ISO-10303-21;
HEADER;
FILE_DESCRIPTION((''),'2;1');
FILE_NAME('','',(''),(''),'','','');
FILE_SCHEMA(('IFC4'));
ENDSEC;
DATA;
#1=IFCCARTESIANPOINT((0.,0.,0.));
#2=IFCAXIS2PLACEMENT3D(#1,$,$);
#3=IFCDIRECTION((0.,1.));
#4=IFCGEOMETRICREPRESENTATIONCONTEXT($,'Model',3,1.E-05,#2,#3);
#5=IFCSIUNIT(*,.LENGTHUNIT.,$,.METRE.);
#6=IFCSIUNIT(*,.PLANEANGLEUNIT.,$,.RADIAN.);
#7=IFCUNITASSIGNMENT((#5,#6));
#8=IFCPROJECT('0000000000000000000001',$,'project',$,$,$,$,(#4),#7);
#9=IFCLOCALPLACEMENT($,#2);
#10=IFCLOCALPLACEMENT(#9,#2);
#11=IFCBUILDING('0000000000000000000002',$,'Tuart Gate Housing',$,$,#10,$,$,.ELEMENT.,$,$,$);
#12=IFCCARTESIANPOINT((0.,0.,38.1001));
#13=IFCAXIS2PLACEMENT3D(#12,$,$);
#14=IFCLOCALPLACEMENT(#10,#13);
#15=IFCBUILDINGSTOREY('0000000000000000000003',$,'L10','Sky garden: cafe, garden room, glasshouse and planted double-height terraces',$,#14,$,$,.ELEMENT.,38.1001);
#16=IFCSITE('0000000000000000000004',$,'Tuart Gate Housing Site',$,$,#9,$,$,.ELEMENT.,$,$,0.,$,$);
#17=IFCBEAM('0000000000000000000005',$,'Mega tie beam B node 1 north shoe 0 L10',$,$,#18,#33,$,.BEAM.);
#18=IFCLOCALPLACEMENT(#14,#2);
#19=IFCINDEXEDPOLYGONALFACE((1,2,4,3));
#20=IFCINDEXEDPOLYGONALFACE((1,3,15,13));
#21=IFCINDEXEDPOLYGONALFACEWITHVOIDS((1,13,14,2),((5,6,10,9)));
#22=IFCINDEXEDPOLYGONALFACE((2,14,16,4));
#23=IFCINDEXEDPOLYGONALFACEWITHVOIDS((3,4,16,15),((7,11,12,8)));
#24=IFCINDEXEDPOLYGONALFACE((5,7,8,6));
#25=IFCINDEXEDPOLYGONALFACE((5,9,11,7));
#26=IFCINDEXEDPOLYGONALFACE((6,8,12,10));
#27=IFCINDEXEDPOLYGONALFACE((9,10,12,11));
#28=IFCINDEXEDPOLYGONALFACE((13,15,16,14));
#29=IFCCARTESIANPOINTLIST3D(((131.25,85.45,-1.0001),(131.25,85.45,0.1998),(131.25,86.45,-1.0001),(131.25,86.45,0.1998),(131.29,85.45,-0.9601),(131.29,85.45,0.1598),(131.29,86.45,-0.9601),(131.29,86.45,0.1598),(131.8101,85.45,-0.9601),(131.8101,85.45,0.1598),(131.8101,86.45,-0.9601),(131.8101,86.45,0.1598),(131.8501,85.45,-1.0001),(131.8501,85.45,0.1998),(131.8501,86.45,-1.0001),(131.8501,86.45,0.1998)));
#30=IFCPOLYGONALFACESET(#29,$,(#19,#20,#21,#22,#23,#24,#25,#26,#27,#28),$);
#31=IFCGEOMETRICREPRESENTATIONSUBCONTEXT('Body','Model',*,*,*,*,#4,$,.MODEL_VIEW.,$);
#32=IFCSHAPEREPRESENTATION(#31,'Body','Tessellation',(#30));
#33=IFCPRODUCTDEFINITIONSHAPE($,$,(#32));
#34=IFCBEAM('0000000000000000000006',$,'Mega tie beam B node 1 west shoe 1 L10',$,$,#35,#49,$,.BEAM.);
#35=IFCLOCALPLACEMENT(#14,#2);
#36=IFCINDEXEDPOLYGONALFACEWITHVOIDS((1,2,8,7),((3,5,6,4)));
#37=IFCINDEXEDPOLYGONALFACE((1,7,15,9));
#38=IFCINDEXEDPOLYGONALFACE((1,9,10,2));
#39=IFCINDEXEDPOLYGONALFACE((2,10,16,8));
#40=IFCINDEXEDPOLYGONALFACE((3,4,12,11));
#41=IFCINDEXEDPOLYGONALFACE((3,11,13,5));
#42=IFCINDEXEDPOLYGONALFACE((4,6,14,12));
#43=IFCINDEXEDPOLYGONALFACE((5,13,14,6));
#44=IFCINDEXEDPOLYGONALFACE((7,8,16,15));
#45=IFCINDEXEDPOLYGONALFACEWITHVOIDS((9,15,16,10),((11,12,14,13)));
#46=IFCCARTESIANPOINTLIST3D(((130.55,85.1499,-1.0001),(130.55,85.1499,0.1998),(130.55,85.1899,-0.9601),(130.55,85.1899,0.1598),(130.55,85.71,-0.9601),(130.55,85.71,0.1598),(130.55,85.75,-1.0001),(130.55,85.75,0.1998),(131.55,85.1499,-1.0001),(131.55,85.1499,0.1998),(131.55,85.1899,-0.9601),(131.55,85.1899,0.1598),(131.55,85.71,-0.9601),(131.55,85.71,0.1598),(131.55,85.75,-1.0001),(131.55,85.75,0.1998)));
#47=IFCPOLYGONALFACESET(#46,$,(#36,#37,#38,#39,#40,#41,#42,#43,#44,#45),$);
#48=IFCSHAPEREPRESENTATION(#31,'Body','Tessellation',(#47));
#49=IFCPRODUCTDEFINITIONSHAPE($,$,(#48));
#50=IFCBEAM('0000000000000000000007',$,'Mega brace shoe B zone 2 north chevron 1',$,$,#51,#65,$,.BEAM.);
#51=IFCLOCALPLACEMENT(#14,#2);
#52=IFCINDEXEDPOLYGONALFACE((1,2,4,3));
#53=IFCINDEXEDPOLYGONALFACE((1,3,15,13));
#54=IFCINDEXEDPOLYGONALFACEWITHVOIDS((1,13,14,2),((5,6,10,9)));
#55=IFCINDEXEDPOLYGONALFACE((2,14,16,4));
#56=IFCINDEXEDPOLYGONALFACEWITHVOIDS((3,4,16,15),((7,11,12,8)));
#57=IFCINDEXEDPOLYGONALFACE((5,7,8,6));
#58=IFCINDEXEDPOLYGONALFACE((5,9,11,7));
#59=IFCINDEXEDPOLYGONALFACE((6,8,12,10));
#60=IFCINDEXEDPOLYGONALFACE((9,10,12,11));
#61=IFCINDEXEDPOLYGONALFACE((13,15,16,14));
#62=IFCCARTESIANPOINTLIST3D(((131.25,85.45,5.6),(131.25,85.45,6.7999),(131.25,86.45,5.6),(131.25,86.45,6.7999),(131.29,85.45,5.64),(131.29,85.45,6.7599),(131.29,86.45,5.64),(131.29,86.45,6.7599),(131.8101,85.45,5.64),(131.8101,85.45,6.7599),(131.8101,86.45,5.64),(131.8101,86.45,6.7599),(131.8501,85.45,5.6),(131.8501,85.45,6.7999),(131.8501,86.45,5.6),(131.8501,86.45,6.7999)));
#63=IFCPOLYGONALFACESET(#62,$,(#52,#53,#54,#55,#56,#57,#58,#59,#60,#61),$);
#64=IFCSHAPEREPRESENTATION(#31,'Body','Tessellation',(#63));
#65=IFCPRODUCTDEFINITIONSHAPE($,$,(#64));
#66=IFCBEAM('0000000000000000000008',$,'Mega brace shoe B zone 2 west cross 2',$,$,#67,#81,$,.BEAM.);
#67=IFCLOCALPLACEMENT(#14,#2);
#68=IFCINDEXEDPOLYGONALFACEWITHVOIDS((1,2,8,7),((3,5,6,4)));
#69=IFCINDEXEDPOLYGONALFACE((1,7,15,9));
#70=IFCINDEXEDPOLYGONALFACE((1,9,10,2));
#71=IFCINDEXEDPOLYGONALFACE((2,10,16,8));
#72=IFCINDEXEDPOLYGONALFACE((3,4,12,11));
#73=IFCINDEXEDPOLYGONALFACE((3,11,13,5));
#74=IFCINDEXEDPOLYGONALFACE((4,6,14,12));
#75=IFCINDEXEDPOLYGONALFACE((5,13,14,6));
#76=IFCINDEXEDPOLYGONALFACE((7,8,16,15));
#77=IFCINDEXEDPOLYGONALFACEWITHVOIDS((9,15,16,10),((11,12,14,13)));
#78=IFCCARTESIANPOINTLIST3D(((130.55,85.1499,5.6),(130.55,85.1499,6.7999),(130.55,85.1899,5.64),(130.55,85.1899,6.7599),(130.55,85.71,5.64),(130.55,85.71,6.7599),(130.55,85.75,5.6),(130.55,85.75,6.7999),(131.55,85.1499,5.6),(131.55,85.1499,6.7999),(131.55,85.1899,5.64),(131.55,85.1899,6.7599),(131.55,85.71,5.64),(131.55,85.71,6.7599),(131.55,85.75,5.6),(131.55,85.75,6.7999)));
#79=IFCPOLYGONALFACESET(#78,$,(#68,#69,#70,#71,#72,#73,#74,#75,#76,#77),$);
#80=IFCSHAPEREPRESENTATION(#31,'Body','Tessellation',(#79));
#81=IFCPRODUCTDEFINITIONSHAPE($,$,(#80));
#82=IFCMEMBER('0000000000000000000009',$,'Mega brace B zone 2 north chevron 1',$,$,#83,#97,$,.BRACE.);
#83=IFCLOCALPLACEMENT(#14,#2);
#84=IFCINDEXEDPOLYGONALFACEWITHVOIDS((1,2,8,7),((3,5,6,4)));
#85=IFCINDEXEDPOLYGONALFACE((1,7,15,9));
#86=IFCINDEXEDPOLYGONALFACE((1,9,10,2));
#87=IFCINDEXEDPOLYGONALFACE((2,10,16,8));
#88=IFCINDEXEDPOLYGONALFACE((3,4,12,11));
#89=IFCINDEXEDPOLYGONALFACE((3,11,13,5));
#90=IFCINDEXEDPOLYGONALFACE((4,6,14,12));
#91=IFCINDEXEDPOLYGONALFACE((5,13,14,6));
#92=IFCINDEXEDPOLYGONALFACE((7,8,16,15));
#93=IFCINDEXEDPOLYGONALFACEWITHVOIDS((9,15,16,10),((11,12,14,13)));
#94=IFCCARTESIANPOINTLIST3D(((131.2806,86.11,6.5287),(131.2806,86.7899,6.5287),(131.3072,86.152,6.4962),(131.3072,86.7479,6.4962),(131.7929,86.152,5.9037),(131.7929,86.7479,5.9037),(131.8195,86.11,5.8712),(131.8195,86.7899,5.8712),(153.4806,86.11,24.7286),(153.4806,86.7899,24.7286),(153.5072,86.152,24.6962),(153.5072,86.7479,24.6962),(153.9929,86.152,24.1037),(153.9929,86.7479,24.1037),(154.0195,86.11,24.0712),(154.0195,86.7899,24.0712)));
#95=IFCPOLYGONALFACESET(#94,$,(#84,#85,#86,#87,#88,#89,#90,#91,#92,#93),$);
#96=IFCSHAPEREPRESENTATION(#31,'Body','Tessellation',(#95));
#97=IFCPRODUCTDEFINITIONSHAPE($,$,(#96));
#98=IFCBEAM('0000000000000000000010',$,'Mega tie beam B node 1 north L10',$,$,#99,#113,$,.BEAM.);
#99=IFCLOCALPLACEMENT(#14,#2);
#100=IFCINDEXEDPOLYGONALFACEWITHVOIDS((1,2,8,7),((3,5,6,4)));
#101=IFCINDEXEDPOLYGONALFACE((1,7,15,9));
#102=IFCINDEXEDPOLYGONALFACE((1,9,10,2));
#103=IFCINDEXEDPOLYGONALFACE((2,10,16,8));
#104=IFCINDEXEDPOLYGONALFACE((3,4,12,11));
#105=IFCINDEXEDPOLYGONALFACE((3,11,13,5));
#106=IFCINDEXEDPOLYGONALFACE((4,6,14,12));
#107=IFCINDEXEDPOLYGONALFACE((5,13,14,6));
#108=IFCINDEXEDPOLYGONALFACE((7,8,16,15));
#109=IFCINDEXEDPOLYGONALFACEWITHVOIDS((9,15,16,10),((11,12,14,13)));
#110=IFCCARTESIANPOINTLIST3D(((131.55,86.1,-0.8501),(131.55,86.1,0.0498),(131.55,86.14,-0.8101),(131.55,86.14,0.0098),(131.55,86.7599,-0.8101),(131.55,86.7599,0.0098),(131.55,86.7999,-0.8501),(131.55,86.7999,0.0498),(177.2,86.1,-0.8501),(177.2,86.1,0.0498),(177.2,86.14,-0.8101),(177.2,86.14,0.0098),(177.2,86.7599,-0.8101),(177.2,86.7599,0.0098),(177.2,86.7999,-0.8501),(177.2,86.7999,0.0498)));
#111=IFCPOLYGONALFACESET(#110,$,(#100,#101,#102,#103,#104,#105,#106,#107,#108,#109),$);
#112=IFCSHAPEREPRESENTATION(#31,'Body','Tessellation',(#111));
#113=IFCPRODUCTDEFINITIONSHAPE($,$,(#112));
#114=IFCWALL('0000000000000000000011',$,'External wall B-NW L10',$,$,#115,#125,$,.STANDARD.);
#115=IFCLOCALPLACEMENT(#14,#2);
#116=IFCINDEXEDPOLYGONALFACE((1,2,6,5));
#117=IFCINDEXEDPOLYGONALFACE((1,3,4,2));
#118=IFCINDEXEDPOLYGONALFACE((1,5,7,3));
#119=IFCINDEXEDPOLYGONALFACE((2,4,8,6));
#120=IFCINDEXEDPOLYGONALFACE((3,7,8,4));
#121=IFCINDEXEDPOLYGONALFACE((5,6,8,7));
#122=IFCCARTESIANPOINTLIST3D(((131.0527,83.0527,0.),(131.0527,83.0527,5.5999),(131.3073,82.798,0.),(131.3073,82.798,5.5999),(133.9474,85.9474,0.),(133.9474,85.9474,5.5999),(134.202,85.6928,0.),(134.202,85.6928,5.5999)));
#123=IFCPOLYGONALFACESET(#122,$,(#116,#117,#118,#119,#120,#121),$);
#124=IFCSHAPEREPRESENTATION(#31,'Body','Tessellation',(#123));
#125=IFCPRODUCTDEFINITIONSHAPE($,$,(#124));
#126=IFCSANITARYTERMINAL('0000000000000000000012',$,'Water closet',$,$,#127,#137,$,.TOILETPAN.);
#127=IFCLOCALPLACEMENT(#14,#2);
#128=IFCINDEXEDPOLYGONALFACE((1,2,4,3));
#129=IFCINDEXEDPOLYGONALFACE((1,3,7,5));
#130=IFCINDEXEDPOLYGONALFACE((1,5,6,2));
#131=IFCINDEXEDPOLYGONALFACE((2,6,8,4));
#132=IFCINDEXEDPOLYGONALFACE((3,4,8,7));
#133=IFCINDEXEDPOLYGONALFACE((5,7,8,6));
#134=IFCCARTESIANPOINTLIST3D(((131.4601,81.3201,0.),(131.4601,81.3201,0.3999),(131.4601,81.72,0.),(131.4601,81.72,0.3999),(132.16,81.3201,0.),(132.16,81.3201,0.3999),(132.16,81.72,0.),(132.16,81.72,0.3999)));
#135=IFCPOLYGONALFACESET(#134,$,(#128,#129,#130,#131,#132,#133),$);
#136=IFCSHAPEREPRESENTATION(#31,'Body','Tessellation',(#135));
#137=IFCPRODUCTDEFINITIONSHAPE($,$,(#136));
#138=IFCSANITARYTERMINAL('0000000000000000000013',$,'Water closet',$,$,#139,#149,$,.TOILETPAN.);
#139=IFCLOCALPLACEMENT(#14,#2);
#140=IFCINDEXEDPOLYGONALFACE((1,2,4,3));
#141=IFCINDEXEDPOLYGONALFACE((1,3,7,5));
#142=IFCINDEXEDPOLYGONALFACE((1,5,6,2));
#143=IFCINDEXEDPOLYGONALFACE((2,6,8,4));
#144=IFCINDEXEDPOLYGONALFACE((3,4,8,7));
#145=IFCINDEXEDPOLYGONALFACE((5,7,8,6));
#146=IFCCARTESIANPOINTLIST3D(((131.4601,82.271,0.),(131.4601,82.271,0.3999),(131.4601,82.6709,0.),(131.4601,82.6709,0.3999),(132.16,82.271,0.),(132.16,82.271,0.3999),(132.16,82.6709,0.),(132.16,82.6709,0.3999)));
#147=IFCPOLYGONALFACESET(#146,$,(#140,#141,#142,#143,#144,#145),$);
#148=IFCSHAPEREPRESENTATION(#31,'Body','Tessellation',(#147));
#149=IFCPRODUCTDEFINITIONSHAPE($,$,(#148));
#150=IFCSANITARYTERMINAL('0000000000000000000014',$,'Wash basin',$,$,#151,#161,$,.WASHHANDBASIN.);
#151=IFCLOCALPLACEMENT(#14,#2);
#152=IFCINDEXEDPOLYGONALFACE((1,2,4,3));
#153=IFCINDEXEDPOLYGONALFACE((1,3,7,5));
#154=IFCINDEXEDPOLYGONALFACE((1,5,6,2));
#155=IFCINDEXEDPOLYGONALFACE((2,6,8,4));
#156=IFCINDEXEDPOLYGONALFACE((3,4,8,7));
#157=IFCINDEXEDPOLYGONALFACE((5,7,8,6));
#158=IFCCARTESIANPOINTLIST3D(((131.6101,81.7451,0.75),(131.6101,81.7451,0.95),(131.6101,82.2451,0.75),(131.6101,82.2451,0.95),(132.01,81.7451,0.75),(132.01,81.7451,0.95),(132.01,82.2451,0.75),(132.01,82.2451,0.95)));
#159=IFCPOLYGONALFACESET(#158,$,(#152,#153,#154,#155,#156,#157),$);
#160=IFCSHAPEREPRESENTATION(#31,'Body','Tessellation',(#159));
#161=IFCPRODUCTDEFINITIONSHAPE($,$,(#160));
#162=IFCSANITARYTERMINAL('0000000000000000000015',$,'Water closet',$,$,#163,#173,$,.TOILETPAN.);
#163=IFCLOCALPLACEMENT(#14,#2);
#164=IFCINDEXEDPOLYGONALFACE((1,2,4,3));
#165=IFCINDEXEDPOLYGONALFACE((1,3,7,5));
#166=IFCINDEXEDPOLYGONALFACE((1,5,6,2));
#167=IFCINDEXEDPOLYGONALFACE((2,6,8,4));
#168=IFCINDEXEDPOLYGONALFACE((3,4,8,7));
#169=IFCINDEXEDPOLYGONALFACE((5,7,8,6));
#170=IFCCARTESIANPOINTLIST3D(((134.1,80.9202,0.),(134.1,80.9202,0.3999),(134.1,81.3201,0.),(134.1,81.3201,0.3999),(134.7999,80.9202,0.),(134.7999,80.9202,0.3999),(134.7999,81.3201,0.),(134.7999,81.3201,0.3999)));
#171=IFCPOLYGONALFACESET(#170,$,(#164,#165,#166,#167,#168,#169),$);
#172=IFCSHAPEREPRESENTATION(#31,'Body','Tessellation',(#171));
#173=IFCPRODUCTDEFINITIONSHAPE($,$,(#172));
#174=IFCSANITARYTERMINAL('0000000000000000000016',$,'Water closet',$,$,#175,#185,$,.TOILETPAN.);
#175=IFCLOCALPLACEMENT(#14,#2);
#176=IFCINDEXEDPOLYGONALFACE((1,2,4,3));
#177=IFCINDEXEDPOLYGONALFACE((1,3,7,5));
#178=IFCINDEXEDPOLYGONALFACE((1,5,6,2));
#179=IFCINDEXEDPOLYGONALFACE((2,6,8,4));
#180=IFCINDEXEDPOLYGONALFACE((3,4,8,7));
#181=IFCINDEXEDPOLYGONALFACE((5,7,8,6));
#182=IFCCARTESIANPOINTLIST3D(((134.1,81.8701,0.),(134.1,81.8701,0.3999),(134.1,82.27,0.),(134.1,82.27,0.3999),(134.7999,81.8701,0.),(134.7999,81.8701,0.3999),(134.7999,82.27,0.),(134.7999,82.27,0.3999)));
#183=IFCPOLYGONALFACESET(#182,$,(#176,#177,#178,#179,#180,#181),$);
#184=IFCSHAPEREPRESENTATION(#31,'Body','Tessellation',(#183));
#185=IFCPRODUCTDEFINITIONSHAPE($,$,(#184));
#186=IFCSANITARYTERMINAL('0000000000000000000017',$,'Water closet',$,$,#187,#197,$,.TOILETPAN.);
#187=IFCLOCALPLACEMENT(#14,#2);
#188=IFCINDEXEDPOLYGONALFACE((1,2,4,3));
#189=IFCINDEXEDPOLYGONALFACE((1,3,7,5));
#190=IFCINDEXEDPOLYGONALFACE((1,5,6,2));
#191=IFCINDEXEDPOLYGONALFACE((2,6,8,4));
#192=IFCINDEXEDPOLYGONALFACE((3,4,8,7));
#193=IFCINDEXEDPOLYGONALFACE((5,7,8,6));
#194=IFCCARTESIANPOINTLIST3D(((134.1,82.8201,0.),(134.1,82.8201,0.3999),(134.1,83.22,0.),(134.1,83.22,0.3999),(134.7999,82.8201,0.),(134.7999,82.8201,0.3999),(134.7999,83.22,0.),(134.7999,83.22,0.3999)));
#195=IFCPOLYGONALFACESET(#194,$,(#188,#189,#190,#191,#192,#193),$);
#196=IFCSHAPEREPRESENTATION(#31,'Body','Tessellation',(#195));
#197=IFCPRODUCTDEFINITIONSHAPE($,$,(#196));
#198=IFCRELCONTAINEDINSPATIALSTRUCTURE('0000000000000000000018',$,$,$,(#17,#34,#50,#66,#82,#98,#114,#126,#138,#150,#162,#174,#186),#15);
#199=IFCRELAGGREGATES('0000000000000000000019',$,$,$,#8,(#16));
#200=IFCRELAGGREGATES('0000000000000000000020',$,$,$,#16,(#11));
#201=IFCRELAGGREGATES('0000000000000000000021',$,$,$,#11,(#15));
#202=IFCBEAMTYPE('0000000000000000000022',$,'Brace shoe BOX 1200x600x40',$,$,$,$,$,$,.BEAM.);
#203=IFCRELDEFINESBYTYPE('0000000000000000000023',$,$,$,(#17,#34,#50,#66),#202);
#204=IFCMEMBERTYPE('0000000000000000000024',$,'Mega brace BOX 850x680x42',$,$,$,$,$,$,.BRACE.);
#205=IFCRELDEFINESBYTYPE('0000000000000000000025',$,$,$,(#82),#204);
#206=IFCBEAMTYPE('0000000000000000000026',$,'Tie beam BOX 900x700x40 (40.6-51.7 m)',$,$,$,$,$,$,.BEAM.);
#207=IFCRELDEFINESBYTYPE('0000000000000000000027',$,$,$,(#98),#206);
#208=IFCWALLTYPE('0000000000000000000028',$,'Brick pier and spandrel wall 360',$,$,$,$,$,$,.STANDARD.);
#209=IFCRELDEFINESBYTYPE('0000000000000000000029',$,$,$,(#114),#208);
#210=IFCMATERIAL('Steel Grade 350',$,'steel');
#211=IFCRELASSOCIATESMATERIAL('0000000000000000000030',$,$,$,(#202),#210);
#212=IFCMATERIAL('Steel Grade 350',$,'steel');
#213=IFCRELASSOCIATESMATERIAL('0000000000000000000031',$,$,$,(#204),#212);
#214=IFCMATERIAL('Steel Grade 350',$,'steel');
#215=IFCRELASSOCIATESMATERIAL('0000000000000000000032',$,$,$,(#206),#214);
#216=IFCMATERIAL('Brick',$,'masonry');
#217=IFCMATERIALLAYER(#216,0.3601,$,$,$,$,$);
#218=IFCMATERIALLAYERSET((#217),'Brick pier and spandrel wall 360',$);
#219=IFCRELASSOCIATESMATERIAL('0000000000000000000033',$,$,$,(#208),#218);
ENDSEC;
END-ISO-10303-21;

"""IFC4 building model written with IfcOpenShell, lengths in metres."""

from ifc_helpers import new_model, si_unit, direction, frame, frame_2d, origin, origin_2d, place, context, subcontext, project, spatial, rectangle, hollow_rectangle, extrude, material, layer, layer_set, material_profile, profile_set, type_object, element, save


model = new_model("IFC4")

# Units and contexts
model_context = context("Model", 3, precision=1e-05, world=origin(), true_north=direction((0.0, 1.0)))
body_context = subcontext(model_context, "Body", "Model", "MODEL_VIEW")
ifc_project = project(units=[si_unit("LENGTHUNIT", "METRE"), si_unit("PLANEANGLEUNIT", "RADIAN")], contexts=[model_context])

# Site, building, storey
site_placement = place(None, origin())
site = spatial("IfcSite", under=ifc_project, at=site_placement, Name="Tuart Gate Housing Site", CompositionType="ELEMENT", RefElevation=0.0)
building_placement = place(site_placement, origin())
building = spatial("IfcBuilding", under=site, at=building_placement, Name="Tuart Gate Housing", CompositionType="ELEMENT")
storey_placement = place(building_placement, frame((0.0, 0.0, 38.1001)))
storey = spatial("IfcBuildingStorey", under=building, at=storey_placement, Name="L10", Description="Sky garden: cafe, garden room, glasshouse and planted double-height terraces", CompositionType="ELEMENT", Elevation=38.1001)

# Beams
ifc_material_1 = material(Name="Steel Grade 350", Category="steel")
ifc_material_profile_1 = material_profile(ifc_material_1, hollow_rectangle(XDim=0.6001, YDim=1.2, WallThickness=0.04, at=origin_2d()), Name="BOX 1200x600x40")
ifc_profile_set_1 = profile_set([ifc_material_profile_1], Name="Steel Grade 350")
beam_type_1 = type_object("IfcBeamType", Name="Brace shoe BOX 1200x600x40", PredefinedType="BEAM", material=ifc_profile_set_1)
for number, where, z_axis, x_axis, name in (
    (1, (131.55, 85.45, -0.4001), (0.0, 1.0, 0.0), (-1.0, 0.0, 0.0), "Mega tie beam B node 1 north shoe 0 L10"),
    (2, (131.55, 85.45, -0.4001), (-1.0, 0.0, 0.0), (0.0, -1.0, 0.0), "Mega tie beam B node 1 west shoe 1 L10"),
    (3, (131.55, 85.45, 6.2), (0.0, 1.0, 0.0), (-1.0, 0.0, 0.0), "Mega brace shoe B zone 2 north chevron 1"),
    (4, (131.55, 85.45, 6.2), (-1.0, 0.0, 0.0), (0.0, -1.0, 0.0), "Mega brace shoe B zone 2 west cross 2"),
):
    element("IfcBeam", number, at=place(storey_placement, frame(where, z_axis=z_axis, x_axis=x_axis)), inside=storey, type_object=beam_type_1, Name=name, PredefinedType="BEAM", context=body_context, shape_type="SweptSolid", body=[
        extrude(hollow_rectangle(XDim=0.6001, YDim=1.2, WallThickness=0.04, at=origin_2d()), origin(), (0.0, 0.0, 1.0), 1.0),
    ])

# Member
ifc_material_2 = material(Name="Steel Grade 350", Category="steel")
ifc_material_profile_2 = material_profile(ifc_material_2, hollow_rectangle(XDim=0.6799, YDim=0.8501, WallThickness=0.042, at=origin_2d()), Name="BOX 850x680x42")
ifc_profile_set_2 = profile_set([ifc_material_profile_2], Name="Steel Grade 350")
member_type = type_object("IfcMemberType", Name="Mega brace BOX 850x680x42", PredefinedType="BRACE", material=ifc_profile_set_2)
member_placement = place(storey_placement, frame((131.55, 86.45, 6.2), z_axis=(0.773336, 0.0, 0.633996), x_axis=(0.0, 1.0, 0.0)))
element("IfcMember", 5, at=member_placement, inside=storey, type_object=member_type, Name="Mega brace B zone 2 north chevron 1", PredefinedType="BRACE", context=body_context, shape_type="SweptSolid", body=[
    extrude(hollow_rectangle(XDim=0.6799, YDim=0.8501, WallThickness=0.042, at=origin_2d()), origin(), (0.0, 0.0, 1.0), 28.7068),
])

# Beam
ifc_material_3 = material(Name="Steel Grade 350", Category="steel")
ifc_material_profile_3 = material_profile(ifc_material_3, hollow_rectangle(XDim=0.7, YDim=0.8999, WallThickness=0.04, at=origin_2d()), Name="BOX 900x700x40")
ifc_profile_set_3 = profile_set([ifc_material_profile_3], Name="Steel Grade 350")
beam_type_2 = type_object("IfcBeamType", Name="Tie beam BOX 900x700x40 (40.6-51.7 m)", PredefinedType="BEAM", material=ifc_profile_set_3)
beam_placement = place(storey_placement, frame((131.55, 86.45, -0.4001), z_axis=(1.0, 0.0, 0.0), x_axis=(0.0, 1.0, 0.0)))
element("IfcBeam", 6, at=beam_placement, inside=storey, type_object=beam_type_2, Name="Mega tie beam B node 1 north L10", PredefinedType="BEAM", context=body_context, shape_type="SweptSolid", body=[
    extrude(hollow_rectangle(XDim=0.7, YDim=0.8999, WallThickness=0.04, at=origin_2d()), origin(), (0.0, 0.0, 1.0), 45.6499),
])

# Wall
ifc_material_4 = material(Name="Brick", Category="masonry")
ifc_layer = layer(ifc_material_4, 0.3601)
ifc_layer_set = layer_set([ifc_layer], Name="Brick pier and spandrel wall 360")
wall_type = type_object("IfcWallType", Name="Brick pier and spandrel wall 360", PredefinedType="STANDARD", material=ifc_layer_set)
wall_placement = place(storey_placement, frame((134.0747, 85.8201, 0.0), z_axis=(0.0, 0.0, 1.0), x_axis=(-0.707107, -0.707107, 0.0)))
element("IfcWall", 7, at=wall_placement, inside=storey, type_object=wall_type, Name="External wall B-NW L10", PredefinedType="STANDARD", context=body_context, shape_type="SweptSolid", body=[
    extrude(rectangle(XDim=4.0938, YDim=0.3601, at=frame_2d((2.0469, 0.0))), origin(), (0.0, 0.0, 1.0), 5.5999),
])

# Sanitary terminals
for number, where, z_axis, x_axis, name in (
    (8, (131.8101, 81.52, 0.0), (0.0, 0.0, 1.0), (1.0, 0.0, 0.0), "Water closet"),
    (9, (131.8101, 82.4709, 0.0), (0.0, 0.0, 1.0), (1.0, 0.0, 0.0), "Water closet"),
):
    element("IfcSanitaryTerminal", number, at=place(storey_placement, frame(where, z_axis=z_axis, x_axis=x_axis)), inside=storey, Name=name, PredefinedType="TOILETPAN", context=body_context, shape_type="SweptSolid", body=[
        extrude(rectangle(XDim=0.7, YDim=0.3999, at=origin_2d()), origin(), (0.0, 0.0, 1.0), 0.3999),
    ])
sanitary_terminal_placement = place(storey_placement, frame((131.8101, 81.9951, 0.75), z_axis=(0.0, 0.0, 1.0), x_axis=(1.0, 0.0, 0.0)))
element("IfcSanitaryTerminal", 10, at=sanitary_terminal_placement, inside=storey, Name="Wash basin", PredefinedType="WASHHANDBASIN", context=body_context, shape_type="SweptSolid", body=[
    extrude(rectangle(XDim=0.3999, YDim=0.5, at=origin_2d()), origin(), (0.0, 0.0, 1.0), 0.2),
])
for number, where, z_axis, x_axis, name in (
    (11, (134.45, 81.1201, 0.0), (0.0, 0.0, 1.0), (1.0, 0.0, 0.0), "Water closet"),
    (12, (134.45, 82.0701, 0.0), (0.0, 0.0, 1.0), (1.0, 0.0, 0.0), "Water closet"),
    (13, (134.45, 83.02, 0.0), (0.0, 0.0, 1.0), (1.0, 0.0, 0.0), "Water closet"),
):
    element("IfcSanitaryTerminal", number, at=place(storey_placement, frame(where, z_axis=z_axis, x_axis=x_axis)), inside=storey, Name=name, PredefinedType="TOILETPAN", context=body_context, shape_type="SweptSolid", body=[
        extrude(rectangle(XDim=0.7, YDim=0.3999, at=origin_2d()), origin(), (0.0, 0.0, 1.0), 0.3999),
    ])

save(model, "model.ifc")
